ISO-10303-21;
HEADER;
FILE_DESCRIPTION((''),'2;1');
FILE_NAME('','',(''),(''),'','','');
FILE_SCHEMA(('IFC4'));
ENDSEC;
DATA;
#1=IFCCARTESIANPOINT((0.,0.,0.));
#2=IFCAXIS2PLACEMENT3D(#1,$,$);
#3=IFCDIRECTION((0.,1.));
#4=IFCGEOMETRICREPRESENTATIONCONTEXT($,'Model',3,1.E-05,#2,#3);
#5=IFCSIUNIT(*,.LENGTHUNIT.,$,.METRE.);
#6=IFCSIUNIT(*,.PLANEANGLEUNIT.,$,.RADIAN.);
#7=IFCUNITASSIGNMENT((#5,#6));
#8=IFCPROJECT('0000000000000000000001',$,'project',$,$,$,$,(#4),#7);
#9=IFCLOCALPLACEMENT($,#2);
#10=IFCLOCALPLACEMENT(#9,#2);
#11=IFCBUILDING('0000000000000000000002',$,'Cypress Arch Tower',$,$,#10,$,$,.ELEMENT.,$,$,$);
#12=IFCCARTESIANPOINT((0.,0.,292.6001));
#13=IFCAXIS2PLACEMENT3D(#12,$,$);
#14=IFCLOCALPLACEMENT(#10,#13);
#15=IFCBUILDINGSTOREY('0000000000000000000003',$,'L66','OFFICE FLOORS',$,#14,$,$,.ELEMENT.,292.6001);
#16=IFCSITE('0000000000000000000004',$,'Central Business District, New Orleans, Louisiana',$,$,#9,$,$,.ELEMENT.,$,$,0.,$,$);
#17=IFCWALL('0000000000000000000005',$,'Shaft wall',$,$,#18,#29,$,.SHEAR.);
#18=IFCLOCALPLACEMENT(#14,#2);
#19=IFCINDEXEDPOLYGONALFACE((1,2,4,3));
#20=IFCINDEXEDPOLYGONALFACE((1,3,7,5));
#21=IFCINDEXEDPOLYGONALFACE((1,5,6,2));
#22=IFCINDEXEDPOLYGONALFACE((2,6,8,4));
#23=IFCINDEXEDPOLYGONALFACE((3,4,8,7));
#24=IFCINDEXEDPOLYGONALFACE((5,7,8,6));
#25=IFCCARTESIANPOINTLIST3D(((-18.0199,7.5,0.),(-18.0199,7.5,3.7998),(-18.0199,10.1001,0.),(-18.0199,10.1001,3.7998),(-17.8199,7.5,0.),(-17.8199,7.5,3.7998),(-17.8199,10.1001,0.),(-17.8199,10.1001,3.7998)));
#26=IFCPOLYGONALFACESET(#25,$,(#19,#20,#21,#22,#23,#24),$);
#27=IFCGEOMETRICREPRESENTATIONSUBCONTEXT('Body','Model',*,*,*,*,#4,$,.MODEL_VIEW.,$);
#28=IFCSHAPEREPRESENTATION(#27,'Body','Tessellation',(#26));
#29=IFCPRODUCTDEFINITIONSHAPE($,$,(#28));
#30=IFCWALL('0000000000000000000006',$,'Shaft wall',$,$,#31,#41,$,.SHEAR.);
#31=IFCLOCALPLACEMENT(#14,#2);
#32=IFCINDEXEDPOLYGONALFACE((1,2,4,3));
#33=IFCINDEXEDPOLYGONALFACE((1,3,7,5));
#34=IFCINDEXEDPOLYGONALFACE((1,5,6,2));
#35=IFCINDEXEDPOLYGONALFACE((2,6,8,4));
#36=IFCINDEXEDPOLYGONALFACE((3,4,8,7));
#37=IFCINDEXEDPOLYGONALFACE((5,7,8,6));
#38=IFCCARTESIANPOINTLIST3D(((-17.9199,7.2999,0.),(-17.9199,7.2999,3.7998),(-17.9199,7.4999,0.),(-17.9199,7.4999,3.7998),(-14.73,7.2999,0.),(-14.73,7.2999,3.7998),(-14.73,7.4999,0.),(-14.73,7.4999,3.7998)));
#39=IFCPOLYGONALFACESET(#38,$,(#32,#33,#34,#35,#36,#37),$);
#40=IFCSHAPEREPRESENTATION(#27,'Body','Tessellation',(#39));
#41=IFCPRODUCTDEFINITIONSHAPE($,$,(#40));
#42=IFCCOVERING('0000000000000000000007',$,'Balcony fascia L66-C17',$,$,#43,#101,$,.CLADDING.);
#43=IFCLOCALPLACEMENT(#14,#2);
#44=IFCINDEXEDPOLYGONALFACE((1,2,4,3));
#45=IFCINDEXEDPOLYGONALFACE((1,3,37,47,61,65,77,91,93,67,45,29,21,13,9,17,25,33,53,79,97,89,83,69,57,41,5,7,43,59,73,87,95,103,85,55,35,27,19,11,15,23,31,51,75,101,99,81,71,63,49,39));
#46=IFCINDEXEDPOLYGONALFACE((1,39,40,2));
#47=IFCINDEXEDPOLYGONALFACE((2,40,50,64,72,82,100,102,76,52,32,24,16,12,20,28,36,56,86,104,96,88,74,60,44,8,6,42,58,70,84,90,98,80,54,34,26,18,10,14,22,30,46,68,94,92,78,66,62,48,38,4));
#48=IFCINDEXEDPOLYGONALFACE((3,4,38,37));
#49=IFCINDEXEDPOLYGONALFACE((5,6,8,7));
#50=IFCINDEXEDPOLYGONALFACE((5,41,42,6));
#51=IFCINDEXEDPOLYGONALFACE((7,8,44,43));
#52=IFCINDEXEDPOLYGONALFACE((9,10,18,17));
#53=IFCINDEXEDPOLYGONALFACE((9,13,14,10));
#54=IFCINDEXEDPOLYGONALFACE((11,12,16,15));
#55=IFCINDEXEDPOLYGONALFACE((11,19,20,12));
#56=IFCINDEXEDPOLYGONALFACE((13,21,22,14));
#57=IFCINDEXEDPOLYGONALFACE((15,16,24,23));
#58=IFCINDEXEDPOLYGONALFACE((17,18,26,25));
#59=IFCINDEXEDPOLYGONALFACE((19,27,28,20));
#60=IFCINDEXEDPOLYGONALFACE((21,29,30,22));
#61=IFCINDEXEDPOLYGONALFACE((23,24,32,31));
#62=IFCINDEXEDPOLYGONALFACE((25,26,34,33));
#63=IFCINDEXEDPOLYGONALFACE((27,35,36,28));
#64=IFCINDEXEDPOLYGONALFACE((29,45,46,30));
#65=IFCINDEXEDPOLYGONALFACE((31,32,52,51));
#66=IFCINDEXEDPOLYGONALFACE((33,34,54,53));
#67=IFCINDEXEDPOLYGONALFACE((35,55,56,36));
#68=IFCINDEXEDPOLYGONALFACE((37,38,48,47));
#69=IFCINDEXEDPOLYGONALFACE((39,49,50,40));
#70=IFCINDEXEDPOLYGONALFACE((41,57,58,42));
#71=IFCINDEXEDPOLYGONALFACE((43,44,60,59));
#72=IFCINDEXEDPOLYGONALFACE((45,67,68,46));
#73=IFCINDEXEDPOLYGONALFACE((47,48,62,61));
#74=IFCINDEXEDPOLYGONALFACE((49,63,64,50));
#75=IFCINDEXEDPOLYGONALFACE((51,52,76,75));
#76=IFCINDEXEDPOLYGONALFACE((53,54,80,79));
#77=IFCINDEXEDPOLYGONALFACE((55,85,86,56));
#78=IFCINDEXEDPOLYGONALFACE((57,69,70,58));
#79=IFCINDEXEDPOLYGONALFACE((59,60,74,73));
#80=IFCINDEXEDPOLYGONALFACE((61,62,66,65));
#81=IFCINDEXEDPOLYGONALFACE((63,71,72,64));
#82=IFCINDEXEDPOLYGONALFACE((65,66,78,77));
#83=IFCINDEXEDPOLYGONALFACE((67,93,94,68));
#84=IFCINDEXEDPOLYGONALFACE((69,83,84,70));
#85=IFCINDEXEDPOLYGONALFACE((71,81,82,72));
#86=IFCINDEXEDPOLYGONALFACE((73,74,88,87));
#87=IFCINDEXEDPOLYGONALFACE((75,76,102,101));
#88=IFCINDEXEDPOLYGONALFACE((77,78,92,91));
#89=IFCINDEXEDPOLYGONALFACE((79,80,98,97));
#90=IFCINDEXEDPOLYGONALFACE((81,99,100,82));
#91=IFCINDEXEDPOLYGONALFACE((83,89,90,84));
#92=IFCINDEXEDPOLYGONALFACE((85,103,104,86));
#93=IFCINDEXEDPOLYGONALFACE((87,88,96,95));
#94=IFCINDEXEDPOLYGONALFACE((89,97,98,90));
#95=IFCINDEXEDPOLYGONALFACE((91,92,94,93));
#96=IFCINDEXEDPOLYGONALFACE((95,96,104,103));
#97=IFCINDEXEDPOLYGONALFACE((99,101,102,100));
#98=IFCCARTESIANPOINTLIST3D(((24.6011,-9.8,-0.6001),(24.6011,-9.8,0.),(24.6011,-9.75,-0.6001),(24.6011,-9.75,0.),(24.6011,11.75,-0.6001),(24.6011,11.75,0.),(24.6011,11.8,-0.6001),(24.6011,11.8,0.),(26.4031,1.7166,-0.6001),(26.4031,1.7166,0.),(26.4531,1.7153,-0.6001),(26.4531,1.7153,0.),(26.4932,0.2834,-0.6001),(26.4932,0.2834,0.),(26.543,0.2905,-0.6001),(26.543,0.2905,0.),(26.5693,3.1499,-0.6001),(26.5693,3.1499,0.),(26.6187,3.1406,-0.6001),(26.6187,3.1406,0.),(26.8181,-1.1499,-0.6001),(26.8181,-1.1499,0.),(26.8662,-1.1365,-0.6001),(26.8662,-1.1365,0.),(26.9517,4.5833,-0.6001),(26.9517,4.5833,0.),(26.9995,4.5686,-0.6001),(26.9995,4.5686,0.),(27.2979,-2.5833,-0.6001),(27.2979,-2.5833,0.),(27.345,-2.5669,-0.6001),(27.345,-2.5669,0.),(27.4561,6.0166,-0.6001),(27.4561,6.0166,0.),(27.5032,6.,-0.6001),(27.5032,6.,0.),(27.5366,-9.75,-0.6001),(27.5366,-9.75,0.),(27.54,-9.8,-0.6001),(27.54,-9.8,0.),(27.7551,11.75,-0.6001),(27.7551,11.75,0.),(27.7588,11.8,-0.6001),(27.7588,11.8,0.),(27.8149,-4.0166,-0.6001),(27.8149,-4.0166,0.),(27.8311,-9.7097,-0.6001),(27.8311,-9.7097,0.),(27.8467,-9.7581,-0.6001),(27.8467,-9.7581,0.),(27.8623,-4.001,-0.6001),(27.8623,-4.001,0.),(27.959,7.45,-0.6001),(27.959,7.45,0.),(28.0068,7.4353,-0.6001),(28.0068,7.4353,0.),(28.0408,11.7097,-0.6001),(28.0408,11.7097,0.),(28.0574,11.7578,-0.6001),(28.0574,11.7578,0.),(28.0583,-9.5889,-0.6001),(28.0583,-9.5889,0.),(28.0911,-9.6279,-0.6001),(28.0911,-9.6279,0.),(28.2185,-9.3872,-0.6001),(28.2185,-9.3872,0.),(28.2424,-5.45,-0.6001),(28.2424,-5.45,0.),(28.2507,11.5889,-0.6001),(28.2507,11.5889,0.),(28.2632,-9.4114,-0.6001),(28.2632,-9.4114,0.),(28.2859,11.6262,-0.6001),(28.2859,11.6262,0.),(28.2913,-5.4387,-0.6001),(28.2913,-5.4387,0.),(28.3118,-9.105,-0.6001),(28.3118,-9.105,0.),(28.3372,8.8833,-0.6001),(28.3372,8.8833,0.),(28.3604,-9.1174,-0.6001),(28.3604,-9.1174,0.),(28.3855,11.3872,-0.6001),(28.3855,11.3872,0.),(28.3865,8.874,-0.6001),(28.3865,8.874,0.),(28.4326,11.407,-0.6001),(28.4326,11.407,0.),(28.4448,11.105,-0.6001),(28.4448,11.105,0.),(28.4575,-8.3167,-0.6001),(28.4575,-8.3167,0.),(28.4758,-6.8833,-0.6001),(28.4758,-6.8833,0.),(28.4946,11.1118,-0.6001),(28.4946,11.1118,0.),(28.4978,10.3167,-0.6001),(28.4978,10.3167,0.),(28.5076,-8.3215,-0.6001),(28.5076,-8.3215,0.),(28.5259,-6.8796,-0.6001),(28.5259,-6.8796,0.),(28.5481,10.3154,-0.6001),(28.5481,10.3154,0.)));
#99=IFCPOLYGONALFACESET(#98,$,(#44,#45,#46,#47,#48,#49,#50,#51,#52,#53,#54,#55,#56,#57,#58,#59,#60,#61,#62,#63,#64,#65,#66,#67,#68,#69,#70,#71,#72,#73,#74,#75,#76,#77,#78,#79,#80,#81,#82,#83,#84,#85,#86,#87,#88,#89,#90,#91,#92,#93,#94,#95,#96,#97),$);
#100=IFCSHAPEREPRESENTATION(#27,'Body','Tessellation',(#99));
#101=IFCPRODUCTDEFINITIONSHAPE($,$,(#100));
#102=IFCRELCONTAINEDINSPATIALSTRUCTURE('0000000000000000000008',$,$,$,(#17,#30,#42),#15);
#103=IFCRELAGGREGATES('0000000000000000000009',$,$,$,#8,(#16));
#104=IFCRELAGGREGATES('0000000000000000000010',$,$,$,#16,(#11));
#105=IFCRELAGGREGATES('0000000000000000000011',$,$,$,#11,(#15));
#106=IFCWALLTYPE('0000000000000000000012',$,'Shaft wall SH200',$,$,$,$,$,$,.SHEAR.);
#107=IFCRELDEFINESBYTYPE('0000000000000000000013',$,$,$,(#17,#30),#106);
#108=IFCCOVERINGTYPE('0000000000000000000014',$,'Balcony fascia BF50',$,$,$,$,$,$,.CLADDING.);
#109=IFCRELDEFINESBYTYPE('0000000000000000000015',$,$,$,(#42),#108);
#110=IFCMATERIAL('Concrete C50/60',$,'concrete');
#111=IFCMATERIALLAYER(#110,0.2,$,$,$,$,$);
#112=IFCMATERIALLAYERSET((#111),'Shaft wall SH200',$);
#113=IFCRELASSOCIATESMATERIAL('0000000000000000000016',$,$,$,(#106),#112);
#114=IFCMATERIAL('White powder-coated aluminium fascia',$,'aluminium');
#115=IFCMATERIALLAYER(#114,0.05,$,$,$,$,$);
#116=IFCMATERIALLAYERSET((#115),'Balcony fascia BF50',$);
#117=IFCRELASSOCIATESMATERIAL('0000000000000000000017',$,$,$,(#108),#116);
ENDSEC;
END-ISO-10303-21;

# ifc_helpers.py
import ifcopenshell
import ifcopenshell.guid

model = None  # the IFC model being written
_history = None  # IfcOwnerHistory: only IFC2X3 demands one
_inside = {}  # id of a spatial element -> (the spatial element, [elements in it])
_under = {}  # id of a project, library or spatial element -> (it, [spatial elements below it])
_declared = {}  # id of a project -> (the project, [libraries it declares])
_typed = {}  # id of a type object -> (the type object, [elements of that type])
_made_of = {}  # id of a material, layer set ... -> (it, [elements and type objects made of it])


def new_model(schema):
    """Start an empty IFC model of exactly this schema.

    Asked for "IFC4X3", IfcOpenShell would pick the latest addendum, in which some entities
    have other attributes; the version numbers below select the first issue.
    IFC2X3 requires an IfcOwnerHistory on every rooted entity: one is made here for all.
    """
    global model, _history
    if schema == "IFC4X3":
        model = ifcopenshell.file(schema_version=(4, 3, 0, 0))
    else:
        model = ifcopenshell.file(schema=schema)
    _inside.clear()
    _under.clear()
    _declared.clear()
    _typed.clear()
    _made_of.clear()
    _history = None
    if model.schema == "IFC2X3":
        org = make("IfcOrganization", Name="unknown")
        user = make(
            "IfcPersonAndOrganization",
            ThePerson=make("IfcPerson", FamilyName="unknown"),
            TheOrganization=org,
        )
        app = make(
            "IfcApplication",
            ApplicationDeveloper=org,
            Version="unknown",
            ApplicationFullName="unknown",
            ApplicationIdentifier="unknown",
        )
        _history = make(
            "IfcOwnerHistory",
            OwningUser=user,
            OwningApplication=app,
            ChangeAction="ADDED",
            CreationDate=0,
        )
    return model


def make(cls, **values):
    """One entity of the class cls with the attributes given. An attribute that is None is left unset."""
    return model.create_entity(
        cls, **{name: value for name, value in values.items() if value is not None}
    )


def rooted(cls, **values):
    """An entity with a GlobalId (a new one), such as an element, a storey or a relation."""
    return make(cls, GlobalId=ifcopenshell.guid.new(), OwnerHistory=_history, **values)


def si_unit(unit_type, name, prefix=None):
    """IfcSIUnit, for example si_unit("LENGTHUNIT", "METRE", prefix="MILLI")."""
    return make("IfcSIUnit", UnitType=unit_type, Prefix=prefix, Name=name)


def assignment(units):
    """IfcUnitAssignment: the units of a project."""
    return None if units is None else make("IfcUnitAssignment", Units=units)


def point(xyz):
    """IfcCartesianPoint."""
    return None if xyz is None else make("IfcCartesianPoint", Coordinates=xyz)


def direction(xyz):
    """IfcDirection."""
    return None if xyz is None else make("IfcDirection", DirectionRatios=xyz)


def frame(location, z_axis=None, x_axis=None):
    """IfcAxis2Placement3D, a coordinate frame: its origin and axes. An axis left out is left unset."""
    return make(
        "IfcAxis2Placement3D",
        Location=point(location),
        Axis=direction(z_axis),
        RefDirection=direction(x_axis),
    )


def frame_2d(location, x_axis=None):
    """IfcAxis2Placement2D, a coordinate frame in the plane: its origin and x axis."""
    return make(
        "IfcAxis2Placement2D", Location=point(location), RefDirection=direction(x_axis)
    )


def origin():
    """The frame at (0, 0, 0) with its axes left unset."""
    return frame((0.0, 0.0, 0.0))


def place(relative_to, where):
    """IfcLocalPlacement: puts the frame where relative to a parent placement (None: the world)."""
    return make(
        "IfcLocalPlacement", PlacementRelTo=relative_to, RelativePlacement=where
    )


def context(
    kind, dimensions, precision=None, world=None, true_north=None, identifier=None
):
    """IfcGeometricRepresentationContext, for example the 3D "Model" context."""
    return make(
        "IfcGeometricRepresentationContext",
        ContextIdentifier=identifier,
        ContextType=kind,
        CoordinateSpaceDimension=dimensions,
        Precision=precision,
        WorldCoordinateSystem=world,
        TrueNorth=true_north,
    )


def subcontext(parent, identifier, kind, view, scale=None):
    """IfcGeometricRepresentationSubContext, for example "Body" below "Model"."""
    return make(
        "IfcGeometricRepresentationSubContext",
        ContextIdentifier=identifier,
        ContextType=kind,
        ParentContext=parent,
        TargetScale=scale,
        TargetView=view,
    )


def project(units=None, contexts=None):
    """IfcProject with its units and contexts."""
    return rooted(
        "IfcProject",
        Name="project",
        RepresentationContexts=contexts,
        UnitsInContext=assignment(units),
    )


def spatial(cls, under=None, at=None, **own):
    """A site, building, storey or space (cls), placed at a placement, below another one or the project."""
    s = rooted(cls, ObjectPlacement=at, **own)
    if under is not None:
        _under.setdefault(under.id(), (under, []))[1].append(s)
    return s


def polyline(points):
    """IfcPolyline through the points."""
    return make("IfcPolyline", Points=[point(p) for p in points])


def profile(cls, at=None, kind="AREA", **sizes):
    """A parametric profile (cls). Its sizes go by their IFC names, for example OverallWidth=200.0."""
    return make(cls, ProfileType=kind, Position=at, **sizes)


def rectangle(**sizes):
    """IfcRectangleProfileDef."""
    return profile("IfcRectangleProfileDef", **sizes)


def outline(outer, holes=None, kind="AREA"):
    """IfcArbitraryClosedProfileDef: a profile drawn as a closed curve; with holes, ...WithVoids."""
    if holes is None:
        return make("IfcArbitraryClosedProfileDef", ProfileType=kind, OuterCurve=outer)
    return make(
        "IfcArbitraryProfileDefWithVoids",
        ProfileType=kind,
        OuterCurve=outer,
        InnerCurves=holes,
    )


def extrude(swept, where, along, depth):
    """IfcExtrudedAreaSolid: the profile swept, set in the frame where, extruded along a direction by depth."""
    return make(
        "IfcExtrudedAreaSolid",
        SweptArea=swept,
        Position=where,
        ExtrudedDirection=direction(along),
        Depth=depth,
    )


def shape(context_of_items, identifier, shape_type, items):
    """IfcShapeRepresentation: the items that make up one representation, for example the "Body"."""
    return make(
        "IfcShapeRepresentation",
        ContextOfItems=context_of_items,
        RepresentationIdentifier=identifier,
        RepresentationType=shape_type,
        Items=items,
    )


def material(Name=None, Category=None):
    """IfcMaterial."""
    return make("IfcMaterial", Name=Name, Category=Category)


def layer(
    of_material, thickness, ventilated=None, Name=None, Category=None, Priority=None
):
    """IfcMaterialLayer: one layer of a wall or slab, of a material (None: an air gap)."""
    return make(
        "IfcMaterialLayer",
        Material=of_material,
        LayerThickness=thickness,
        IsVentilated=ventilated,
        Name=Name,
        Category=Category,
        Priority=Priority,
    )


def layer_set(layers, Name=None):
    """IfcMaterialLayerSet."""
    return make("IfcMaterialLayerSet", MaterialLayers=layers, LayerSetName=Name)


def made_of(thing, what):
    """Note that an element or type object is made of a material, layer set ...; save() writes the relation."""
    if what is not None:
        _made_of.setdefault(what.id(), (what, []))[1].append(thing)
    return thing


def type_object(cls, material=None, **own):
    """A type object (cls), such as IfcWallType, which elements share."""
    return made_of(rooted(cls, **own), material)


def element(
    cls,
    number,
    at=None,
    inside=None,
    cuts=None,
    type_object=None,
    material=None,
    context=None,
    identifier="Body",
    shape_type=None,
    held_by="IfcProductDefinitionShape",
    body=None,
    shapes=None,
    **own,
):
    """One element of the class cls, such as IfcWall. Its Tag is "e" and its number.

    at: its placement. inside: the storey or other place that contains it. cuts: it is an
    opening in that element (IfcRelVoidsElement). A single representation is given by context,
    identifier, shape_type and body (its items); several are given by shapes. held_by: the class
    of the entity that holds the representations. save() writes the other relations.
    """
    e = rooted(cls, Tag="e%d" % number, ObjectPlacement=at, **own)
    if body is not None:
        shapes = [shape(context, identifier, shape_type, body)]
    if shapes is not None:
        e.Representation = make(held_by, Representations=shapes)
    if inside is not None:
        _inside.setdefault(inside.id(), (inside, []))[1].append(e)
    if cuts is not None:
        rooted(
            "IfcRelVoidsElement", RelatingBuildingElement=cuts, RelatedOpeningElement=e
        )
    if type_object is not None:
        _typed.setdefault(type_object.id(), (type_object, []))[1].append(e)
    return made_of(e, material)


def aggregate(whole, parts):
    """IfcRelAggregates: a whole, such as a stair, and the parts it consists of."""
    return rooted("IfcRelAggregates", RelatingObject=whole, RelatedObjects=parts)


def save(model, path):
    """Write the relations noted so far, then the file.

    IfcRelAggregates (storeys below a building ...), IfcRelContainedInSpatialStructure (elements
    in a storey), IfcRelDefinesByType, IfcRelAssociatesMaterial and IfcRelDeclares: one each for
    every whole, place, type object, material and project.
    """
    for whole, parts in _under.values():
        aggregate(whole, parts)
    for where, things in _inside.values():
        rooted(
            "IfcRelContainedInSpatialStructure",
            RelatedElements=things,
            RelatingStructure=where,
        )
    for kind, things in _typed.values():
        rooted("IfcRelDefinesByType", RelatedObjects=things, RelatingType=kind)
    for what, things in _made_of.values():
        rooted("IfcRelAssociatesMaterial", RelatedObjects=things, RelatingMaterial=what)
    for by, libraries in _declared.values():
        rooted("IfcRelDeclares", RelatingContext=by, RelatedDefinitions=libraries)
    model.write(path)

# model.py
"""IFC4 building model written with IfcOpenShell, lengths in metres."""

from ifc_helpers import new_model, si_unit, direction, frame, frame_2d, origin, place, context, subcontext, project, spatial, polyline, rectangle, outline, extrude, material, layer, layer_set, type_object, element, save


model = new_model("IFC4")

# Units and contexts
model_context = context("Model", 3, precision=1e-05, world=origin(), true_north=direction((0.0, 1.0)))
body_context = subcontext(model_context, "Body", "Model", "MODEL_VIEW")
ifc_project = project(units=[si_unit("LENGTHUNIT", "METRE"), si_unit("PLANEANGLEUNIT", "RADIAN")], contexts=[model_context])

# Site, building, storey
site_placement = place(None, origin())
site = spatial("IfcSite", under=ifc_project, at=site_placement, Name="Central Business District, New Orleans, Louisiana", CompositionType="ELEMENT", RefElevation=0.0)
building_placement = place(site_placement, origin())
building = spatial("IfcBuilding", under=site, at=building_placement, Name="Cypress Arch Tower", CompositionType="ELEMENT")
storey_placement = place(building_placement, frame((0.0, 0.0, 292.6001)))
storey = spatial("IfcBuildingStorey", under=building, at=storey_placement, Name="L66", Description="OFFICE FLOORS", CompositionType="ELEMENT", Elevation=292.6001)

# Shared definitions
ifc_material_1 = material(Name="Concrete C50/60", Category="concrete")
ifc_layer_1 = layer(ifc_material_1, 0.2)
ifc_layer_set_1 = layer_set([ifc_layer_1], Name="Shaft wall SH200")
wall_type_1 = type_object("IfcWallType", Name="Shaft wall SH200", PredefinedType="SHEAR", material=ifc_layer_set_1)

# Walls
wall_1_placement = place(storey_placement, frame((-17.9199, 7.5, 0.0), z_axis=(0.0, 0.0, 1.0), x_axis=(0.0, 1.0, 0.0)))
element("IfcWall", 1, at=wall_1_placement, inside=storey, type_object=wall_type_1, Name="Shaft wall", PredefinedType="SHEAR", context=body_context, shape_type="SweptSolid", body=[
    extrude(rectangle(XDim=2.6001, YDim=0.2, at=frame_2d((1.3, 0.0))), origin(), (0.0, 0.0, 1.0), 3.7998),
])
wall_2_placement = place(storey_placement, frame((-17.9199, 7.3999, 0.0), z_axis=(0.0, 0.0, 1.0), x_axis=(1.0, 0.0, 0.0)))
element("IfcWall", 2, at=wall_2_placement, inside=storey, type_object=wall_type_1, Name="Shaft wall", PredefinedType="SHEAR", context=body_context, shape_type="SweptSolid", body=[
    extrude(rectangle(XDim=3.1899, YDim=0.2, at=frame_2d((1.595, 0.0))), origin(), (0.0, 0.0, 1.0), 3.7998),
])

# Covering
ifc_material_2 = material(Name="White powder-coated aluminium fascia", Category="aluminium")
ifc_layer_2 = layer(ifc_material_2, 0.05)
ifc_layer_set_2 = layer_set([ifc_layer_2], Name="Balcony fascia BF50")
covering_type = type_object("IfcCoveringType", Name="Balcony fascia BF50", PredefinedType="CLADDING", material=ifc_layer_set_2)
covering_placement = place(storey_placement, frame((0.0, 0.0, -0.6001)))
element("IfcCovering", 3, at=covering_placement, inside=storey, type_object=covering_type, Name="Balcony fascia L66-C17", PredefinedType="CLADDING", context=body_context, shape_type="SweptSolid", body=[
    extrude(outline(polyline([(27.7588, 11.8), (28.0574, 11.7578), (28.2859, 11.6262), (28.4326, 11.407), (28.4946, 11.1118), (28.5481, 10.3154), (28.3865, 8.874), (28.0068, 7.4353), (27.5032, 6.0), (26.9995, 4.5686), (26.6187, 3.1406), (26.4531, 1.7153), (26.543, 0.2905), (26.8662, -1.1365), (27.345, -2.5669), (27.8623, -4.001), (28.2913, -5.4387), (28.5259, -6.8796), (28.5076, -8.3215), (28.3604, -9.1174), (28.2632, -9.4114), (28.0911, -9.6279), (27.8467, -9.7581), (27.54, -9.8), (24.6011, -9.8), (24.6011, -9.75), (27.5366, -9.75), (27.8311, -9.7097), (28.0583, -9.5889), (28.2185, -9.3872), (28.3118, -9.105), (28.4575, -8.3167), (28.4758, -6.8833), (28.2424, -5.45), (27.8149, -4.0166), (27.2979, -2.5833), (26.8181, -1.1499), (26.4932, 0.2834), (26.4031, 1.7166), (26.5693, 3.1499), (26.9517, 4.5833), (27.4561, 6.0166), (27.959, 7.45), (28.3372, 8.8833), (28.4978, 10.3167), (28.4448, 11.105), (28.3855, 11.3872), (28.2507, 11.5889), (28.0408, 11.7097), (27.7551, 11.75), (24.6011, 11.75), (24.6011, 11.8), (27.7588, 11.8)])), origin(), (0.0, 0.0, 1.0), 0.6001),
])

save(model, "model.ifc")
